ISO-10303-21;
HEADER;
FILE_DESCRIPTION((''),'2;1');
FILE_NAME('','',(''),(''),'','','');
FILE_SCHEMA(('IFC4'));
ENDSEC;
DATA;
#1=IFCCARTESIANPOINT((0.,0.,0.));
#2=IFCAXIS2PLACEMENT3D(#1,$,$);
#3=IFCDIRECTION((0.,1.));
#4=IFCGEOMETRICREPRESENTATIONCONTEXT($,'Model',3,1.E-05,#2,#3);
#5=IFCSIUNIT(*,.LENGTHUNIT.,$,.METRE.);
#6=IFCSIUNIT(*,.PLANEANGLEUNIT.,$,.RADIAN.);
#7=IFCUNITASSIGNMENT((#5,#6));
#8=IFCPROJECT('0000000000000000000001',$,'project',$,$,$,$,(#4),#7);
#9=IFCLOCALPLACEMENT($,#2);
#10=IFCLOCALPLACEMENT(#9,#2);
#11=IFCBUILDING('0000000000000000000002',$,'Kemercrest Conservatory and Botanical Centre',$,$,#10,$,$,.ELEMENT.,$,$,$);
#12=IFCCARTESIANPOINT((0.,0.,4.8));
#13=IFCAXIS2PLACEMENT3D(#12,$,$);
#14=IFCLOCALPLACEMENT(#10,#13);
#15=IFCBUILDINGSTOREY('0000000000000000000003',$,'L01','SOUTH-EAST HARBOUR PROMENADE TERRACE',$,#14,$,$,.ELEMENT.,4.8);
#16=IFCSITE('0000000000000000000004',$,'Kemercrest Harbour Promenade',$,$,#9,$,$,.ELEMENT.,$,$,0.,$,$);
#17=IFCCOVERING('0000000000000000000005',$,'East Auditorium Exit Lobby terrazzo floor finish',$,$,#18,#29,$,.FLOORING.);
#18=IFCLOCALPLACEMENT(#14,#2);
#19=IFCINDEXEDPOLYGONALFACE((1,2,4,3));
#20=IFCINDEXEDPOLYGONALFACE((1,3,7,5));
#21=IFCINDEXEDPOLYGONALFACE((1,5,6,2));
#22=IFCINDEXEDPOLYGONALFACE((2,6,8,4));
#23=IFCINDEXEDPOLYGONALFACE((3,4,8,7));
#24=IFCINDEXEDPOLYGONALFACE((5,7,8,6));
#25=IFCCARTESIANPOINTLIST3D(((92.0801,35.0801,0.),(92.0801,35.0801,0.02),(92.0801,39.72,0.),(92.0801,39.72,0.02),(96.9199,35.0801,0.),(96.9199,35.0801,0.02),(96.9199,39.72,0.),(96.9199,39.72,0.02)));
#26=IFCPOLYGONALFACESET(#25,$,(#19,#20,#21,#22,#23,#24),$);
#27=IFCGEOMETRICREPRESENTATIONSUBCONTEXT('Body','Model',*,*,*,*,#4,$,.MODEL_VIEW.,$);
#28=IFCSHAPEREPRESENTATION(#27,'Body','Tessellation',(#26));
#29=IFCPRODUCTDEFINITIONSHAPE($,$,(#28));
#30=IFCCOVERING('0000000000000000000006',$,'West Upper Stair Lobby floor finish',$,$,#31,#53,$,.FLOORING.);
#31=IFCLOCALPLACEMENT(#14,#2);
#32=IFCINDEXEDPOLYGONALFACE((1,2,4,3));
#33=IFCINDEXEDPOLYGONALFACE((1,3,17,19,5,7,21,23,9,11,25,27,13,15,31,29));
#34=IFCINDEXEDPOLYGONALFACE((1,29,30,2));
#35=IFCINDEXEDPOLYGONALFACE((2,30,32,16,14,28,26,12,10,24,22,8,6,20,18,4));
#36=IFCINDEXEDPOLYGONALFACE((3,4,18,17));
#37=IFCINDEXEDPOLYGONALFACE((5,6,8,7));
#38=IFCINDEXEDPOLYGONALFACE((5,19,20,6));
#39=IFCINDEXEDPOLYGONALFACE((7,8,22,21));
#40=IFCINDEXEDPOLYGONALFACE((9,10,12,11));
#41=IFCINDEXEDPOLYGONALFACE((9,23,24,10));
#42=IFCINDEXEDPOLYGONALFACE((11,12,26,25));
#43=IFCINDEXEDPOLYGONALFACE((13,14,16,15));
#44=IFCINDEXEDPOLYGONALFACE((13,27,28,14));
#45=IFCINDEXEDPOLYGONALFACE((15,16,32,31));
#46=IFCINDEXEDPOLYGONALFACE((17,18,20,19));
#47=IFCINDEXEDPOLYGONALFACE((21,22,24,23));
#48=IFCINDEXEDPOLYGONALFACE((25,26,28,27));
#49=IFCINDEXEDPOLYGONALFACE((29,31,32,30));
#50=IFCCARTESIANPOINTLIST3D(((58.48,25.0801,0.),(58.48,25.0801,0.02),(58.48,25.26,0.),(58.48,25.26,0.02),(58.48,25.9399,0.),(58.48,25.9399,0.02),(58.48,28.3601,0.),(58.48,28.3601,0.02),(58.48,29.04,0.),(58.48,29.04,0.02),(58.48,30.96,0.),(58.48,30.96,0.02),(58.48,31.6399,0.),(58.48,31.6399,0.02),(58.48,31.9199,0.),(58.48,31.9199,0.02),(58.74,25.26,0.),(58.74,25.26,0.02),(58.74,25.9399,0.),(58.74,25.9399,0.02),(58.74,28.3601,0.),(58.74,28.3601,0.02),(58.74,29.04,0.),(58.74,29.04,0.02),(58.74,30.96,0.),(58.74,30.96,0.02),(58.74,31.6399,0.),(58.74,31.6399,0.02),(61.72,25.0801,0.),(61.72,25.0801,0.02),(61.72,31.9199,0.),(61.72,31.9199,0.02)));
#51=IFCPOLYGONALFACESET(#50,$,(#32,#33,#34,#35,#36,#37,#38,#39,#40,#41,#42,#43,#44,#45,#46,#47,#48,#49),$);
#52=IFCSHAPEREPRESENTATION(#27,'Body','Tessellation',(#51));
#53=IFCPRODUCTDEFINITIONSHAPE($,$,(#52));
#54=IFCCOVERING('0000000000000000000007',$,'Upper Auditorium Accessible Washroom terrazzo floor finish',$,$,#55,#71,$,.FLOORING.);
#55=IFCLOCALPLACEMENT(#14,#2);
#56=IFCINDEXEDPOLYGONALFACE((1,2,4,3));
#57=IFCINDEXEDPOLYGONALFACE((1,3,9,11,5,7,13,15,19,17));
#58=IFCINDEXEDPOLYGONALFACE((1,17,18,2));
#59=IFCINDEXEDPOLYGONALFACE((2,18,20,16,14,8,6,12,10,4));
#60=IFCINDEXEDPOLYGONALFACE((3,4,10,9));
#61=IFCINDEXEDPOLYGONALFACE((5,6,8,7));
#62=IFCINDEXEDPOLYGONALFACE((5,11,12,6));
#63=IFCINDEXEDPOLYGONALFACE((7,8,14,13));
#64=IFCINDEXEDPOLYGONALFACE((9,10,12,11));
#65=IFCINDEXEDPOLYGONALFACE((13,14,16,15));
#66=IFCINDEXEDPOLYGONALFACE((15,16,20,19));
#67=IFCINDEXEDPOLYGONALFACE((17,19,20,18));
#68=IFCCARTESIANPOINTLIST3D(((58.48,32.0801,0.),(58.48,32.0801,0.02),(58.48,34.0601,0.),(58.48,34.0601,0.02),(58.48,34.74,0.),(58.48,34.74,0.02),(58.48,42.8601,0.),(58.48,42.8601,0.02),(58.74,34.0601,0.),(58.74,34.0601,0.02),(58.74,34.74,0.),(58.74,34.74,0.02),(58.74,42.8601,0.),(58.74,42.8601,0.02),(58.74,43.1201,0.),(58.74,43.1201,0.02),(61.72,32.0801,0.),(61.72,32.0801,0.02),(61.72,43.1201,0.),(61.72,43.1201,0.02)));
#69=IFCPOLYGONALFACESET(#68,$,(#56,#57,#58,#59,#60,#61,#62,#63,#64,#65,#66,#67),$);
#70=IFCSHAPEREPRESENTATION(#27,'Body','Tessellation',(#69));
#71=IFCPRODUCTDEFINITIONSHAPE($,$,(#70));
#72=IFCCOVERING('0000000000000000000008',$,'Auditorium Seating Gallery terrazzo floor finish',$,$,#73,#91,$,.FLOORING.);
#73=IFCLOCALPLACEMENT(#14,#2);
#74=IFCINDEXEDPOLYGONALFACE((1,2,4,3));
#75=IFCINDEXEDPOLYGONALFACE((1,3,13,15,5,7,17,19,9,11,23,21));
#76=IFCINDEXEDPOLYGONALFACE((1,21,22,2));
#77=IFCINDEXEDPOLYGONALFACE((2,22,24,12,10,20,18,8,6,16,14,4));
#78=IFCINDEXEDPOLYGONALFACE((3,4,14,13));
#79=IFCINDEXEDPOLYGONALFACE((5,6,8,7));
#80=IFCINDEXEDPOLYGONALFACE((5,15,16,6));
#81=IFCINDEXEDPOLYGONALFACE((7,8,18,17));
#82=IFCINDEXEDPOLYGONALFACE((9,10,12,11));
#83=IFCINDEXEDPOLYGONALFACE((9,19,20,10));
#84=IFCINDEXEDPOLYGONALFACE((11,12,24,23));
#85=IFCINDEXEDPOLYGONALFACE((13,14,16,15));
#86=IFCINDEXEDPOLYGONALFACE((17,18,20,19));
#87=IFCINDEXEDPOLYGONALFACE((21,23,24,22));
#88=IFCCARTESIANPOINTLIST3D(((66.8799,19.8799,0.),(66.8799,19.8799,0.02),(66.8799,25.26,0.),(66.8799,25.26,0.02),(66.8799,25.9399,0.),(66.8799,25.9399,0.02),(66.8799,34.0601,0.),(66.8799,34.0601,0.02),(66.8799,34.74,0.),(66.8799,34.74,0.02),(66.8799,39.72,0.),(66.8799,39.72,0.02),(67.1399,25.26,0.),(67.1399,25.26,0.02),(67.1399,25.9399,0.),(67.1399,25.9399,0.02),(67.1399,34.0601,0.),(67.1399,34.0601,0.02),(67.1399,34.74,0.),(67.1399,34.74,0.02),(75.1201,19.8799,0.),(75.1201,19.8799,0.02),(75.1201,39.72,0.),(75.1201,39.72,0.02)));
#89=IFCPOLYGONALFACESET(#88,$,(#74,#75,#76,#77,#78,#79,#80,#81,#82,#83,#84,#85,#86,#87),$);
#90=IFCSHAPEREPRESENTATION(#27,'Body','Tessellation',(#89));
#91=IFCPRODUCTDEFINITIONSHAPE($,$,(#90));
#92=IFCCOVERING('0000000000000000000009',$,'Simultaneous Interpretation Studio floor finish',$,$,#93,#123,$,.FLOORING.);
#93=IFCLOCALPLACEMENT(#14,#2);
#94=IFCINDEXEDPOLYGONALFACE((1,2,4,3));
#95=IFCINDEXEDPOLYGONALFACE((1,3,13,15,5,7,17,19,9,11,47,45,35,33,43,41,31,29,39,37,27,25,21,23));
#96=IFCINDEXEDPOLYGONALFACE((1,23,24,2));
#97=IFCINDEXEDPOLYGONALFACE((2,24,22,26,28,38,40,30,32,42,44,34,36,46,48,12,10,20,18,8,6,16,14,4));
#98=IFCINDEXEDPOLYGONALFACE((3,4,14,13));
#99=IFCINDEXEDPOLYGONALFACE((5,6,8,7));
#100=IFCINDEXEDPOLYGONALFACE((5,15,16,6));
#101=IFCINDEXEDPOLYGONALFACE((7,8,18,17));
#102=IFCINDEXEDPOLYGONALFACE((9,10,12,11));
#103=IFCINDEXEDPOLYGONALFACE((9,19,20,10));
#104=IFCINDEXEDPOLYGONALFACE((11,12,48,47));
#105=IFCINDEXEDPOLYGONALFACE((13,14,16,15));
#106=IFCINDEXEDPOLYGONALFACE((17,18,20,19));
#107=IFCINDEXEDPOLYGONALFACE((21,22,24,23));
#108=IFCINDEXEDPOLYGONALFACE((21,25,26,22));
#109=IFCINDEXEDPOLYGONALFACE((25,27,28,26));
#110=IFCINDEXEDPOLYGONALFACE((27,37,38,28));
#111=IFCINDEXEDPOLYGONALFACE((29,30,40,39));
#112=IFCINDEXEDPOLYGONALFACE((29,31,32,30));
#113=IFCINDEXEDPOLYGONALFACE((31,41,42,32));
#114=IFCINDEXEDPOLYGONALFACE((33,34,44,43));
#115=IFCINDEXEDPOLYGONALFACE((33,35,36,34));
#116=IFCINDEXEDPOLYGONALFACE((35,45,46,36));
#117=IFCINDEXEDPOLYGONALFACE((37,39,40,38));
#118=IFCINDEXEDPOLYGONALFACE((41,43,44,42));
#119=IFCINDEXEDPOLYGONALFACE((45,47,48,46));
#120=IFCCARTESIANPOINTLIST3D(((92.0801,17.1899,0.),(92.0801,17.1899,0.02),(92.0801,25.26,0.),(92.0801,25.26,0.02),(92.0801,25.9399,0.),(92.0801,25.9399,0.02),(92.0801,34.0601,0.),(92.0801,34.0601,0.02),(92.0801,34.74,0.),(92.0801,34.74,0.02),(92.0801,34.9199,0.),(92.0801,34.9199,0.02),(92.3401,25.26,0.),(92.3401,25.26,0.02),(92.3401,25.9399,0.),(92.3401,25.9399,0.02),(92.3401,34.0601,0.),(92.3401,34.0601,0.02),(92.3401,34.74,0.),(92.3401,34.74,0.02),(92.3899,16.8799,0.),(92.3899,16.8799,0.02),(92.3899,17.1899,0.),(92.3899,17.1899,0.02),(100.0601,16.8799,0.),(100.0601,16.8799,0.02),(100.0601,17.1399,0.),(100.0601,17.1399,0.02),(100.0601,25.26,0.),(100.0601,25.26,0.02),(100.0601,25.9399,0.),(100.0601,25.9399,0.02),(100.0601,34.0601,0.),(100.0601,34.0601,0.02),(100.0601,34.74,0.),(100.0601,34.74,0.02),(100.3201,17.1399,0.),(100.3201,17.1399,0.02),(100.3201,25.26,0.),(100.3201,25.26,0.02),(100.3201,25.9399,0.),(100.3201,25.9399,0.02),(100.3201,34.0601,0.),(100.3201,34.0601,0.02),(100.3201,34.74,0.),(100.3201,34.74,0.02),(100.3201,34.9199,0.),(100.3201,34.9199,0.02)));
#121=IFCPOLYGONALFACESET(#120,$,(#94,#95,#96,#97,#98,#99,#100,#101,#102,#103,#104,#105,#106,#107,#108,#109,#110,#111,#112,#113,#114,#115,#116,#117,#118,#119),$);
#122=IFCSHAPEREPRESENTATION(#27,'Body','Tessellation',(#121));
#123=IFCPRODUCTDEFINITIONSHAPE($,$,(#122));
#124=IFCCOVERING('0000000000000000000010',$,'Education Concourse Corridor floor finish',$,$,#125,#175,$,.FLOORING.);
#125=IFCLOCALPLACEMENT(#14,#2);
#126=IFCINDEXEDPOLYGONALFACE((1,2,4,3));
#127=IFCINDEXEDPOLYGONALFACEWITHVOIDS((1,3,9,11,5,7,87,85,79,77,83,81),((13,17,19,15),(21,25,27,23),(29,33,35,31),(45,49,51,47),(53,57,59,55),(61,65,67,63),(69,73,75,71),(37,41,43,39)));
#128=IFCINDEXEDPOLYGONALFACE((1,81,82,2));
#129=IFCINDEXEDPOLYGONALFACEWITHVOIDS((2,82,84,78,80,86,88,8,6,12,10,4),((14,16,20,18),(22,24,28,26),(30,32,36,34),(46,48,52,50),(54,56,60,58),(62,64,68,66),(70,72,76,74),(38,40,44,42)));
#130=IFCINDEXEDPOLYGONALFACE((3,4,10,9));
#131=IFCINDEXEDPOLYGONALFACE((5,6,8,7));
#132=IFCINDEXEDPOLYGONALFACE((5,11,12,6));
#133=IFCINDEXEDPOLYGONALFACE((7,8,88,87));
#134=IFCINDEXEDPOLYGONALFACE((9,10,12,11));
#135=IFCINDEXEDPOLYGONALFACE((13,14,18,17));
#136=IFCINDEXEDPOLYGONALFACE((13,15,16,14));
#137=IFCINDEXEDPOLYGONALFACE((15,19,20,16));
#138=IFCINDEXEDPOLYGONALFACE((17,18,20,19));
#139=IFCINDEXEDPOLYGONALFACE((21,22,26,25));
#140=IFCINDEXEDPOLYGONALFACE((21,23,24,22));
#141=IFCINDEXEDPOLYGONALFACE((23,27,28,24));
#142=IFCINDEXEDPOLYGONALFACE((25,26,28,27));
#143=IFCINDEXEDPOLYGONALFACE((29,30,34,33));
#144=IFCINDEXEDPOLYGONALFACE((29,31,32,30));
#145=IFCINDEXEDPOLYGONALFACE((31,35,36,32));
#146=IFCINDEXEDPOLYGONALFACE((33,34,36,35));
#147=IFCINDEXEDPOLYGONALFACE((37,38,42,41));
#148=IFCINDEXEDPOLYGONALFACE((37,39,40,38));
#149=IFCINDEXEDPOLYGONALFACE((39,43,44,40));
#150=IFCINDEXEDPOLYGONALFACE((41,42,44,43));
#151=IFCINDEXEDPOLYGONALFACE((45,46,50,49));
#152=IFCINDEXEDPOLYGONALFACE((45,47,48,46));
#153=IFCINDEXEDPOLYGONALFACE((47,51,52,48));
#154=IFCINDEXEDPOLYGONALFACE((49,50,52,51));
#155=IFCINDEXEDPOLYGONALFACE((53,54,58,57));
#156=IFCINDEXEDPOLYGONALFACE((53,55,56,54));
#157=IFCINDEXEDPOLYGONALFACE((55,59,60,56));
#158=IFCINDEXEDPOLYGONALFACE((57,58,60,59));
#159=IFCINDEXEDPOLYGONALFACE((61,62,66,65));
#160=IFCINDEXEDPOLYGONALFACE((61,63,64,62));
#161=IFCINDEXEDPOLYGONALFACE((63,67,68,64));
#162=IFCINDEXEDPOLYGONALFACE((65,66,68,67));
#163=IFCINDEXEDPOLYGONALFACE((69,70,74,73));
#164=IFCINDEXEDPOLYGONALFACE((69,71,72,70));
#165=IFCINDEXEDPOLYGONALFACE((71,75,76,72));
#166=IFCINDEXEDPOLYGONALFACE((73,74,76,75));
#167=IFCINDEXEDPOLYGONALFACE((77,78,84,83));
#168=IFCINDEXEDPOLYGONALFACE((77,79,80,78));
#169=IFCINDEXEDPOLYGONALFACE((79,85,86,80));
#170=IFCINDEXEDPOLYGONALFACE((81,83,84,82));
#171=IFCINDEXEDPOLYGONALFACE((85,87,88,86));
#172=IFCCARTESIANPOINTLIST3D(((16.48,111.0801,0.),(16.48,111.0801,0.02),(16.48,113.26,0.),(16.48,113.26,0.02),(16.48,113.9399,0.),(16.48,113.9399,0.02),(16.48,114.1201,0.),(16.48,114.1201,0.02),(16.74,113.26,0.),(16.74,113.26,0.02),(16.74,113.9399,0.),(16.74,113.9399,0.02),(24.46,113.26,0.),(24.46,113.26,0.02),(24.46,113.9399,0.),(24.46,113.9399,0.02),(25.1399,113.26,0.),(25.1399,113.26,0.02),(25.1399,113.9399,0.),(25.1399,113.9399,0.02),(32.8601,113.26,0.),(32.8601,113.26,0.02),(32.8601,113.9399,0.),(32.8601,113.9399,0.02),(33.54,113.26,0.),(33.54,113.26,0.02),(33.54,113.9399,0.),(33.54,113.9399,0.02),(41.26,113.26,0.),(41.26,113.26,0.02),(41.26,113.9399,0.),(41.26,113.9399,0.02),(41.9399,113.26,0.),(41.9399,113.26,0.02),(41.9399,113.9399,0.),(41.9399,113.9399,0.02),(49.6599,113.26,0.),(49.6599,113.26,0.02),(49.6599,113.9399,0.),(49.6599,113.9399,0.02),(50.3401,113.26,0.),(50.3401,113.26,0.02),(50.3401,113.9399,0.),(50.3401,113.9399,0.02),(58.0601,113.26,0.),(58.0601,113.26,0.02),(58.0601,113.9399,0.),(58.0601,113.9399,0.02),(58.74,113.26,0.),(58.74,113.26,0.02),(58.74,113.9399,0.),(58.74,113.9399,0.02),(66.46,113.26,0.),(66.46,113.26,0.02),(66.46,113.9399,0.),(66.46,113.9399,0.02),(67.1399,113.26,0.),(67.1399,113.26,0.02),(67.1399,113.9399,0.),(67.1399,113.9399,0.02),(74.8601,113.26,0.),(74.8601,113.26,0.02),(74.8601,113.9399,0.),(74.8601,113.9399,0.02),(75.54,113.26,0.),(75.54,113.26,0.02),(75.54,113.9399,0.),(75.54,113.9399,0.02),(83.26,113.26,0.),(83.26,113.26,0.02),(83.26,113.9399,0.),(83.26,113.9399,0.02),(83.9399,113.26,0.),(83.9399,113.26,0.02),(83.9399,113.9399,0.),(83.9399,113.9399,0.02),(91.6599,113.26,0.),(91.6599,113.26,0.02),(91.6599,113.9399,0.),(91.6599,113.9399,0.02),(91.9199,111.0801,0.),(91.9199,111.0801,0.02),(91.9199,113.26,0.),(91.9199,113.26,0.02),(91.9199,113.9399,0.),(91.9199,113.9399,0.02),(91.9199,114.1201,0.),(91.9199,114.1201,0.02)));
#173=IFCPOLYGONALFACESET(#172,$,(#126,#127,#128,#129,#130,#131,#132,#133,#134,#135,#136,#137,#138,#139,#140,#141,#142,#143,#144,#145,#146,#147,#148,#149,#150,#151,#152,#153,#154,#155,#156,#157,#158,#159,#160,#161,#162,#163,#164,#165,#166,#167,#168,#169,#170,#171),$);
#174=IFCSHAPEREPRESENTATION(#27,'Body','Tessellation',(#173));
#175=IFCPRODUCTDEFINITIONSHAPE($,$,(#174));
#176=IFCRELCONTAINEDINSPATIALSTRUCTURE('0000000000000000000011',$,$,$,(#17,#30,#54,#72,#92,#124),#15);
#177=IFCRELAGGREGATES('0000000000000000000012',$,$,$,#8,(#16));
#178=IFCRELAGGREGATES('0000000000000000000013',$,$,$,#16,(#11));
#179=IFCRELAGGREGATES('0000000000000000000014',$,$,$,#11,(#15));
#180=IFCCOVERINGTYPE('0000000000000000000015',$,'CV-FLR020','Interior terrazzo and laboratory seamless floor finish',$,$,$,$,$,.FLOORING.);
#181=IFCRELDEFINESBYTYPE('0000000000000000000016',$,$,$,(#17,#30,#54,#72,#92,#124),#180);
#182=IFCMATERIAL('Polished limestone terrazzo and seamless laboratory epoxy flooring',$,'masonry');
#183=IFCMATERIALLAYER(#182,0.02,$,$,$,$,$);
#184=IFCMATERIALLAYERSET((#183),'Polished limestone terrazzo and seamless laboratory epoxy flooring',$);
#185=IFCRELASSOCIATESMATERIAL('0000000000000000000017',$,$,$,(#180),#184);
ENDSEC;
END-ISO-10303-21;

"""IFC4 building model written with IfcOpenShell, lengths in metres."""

from ifc_helpers import new_model, si_unit, direction, frame, origin, place, context, subcontext, project, spatial, polyline, outline, extrude, material, layer, layer_set, type_object, element, save


model = new_model("IFC4")

# Units and contexts
model_context = context("Model", 3, precision=1e-05, world=origin(), true_north=direction((0.0, 1.0)))
body_context = subcontext(model_context, "Body", "Model", "MODEL_VIEW")
ifc_project = project(units=[si_unit("LENGTHUNIT", "METRE"), si_unit("PLANEANGLEUNIT", "RADIAN")], contexts=[model_context])

# Site, building, storey
site_placement = place(None, origin())
site = spatial("IfcSite", under=ifc_project, at=site_placement, Name="Kemercrest Harbour Promenade", CompositionType="ELEMENT", RefElevation=0.0)
building_placement = place(site_placement, origin())
building = spatial("IfcBuilding", under=site, at=building_placement, Name="Kemercrest Conservatory and Botanical Centre", CompositionType="ELEMENT")
storey_placement = place(building_placement, frame((0.0, 0.0, 4.8)))
storey = spatial("IfcBuildingStorey", under=building, at=storey_placement, Name="L01", Description="SOUTH-EAST HARBOUR PROMENADE TERRACE", CompositionType="ELEMENT", Elevation=4.8)

# Coverings
ifc_material = material(Name="Polished limestone terrazzo and seamless laboratory epoxy flooring", Category="masonry")
ifc_layer = layer(ifc_material, 0.02)
ifc_layer_set = layer_set([ifc_layer], Name="Polished limestone terrazzo and seamless laboratory epoxy flooring")
covering_type = type_object("IfcCoveringType", Name="CV-FLR020", Description="Interior terrazzo and laboratory seamless floor finish", PredefinedType="FLOORING", material=ifc_layer_set)
covering_1_placement = place(storey_placement, origin())
element("IfcCovering", 1, at=covering_1_placement, inside=storey, type_object=covering_type, Name="East Auditorium Exit Lobby terrazzo floor finish", PredefinedType="FLOORING", context=body_context, shape_type="SweptSolid", body=[
    extrude(outline(polyline([(92.0801, 35.0801), (96.9199, 35.0801), (96.9199, 39.72), (92.0801, 39.72), (92.0801, 35.0801)])), origin(), (0.0, 0.0, 1.0), 0.02),
])
covering_2_placement = place(storey_placement, origin())
element("IfcCovering", 2, at=covering_2_placement, inside=storey, type_object=covering_type, Name="West Upper Stair Lobby floor finish", PredefinedType="FLOORING", context=body_context, shape_type="SweptSolid", body=[
    extrude(outline(polyline([(58.48, 25.0801), (61.72, 25.0801), (61.72, 31.9199), (58.48, 31.9199), (58.48, 31.6399), (58.74, 31.6399), (58.74, 30.96), (58.48, 30.96), (58.48, 29.04), (58.74, 29.04), (58.74, 28.3601), (58.48, 28.3601), (58.48, 25.9399), (58.74, 25.9399), (58.74, 25.26), (58.48, 25.26), (58.48, 25.0801)])), origin(), (0.0, 0.0, 1.0), 0.02),
])
covering_3_placement = place(storey_placement, origin())
element("IfcCovering", 3, at=covering_3_placement, inside=storey, type_object=covering_type, Name="Upper Auditorium Accessible Washroom terrazzo floor finish", PredefinedType="FLOORING", context=body_context, shape_type="SweptSolid", body=[
    extrude(outline(polyline([(58.48, 32.0801), (61.72, 32.0801), (61.72, 43.1201), (58.74, 43.1201), (58.74, 42.8601), (58.48, 42.8601), (58.48, 34.74), (58.74, 34.74), (58.74, 34.0601), (58.48, 34.0601), (58.48, 32.0801)])), origin(), (0.0, 0.0, 1.0), 0.02),
])
covering_4_placement = place(storey_placement, origin())
element("IfcCovering", 4, at=covering_4_placement, inside=storey, type_object=covering_type, Name="Auditorium Seating Gallery terrazzo floor finish", PredefinedType="FLOORING", context=body_context, shape_type="SweptSolid", body=[
    extrude(outline(polyline([(66.8799, 19.8799), (75.1201, 19.8799), (75.1201, 39.72), (66.8799, 39.72), (66.8799, 34.74), (67.1399, 34.74), (67.1399, 34.0601), (66.8799, 34.0601), (66.8799, 25.9399), (67.1399, 25.9399), (67.1399, 25.26), (66.8799, 25.26), (66.8799, 19.8799)])), origin(), (0.0, 0.0, 1.0), 0.02),
])
covering_5_placement = place(storey_placement, origin())
element("IfcCovering", 5, at=covering_5_placement, inside=storey, type_object=covering_type, Name="Simultaneous Interpretation Studio floor finish", PredefinedType="FLOORING", context=body_context, shape_type="SweptSolid", body=[
    extrude(outline(polyline([(92.3899, 16.8799), (100.0601, 16.8799), (100.0601, 17.1399), (100.3201, 17.1399), (100.3201, 25.26), (100.0601, 25.26), (100.0601, 25.9399), (100.3201, 25.9399), (100.3201, 34.0601), (100.0601, 34.0601), (100.0601, 34.74), (100.3201, 34.74), (100.3201, 34.9199), (92.0801, 34.9199), (92.0801, 34.74), (92.3401, 34.74), (92.3401, 34.0601), (92.0801, 34.0601), (92.0801, 25.9399), (92.3401, 25.9399), (92.3401, 25.26), (92.0801, 25.26), (92.0801, 17.1899), (92.3899, 17.1899), (92.3899, 16.8799)])), origin(), (0.0, 0.0, 1.0), 0.02),
])
covering_6_placement = place(storey_placement, origin())
element("IfcCovering", 6, at=covering_6_placement, inside=storey, type_object=covering_type, Name="Education Concourse Corridor floor finish", PredefinedType="FLOORING", context=body_context, shape_type="SweptSolid", body=[
    extrude(outline(polyline([(16.74, 113.26), (16.48, 113.26), (16.48, 111.0801), (91.9199, 111.0801), (91.9199, 113.26), (91.6599, 113.26), (91.6599, 113.9399), (91.9199, 113.9399), (91.9199, 114.1201), (16.48, 114.1201), (16.48, 113.9399), (16.74, 113.9399), (16.74, 113.26)]), holes=[polyline([(83.9399, 113.26), (83.26, 113.26), (83.26, 113.9399), (83.9399, 113.9399), (83.9399, 113.26)]), polyline([(74.8601, 113.26), (74.8601, 113.9399), (75.54, 113.9399), (75.54, 113.26), (74.8601, 113.26)]), polyline([(67.1399, 113.26), (66.46, 113.26), (66.46, 113.9399), (67.1399, 113.9399), (67.1399, 113.26)]), polyline([(58.74, 113.26), (58.0601, 113.26), (58.0601, 113.9399), (58.74, 113.9399), (58.74, 113.26)]), polyline([(50.3401, 113.26), (49.6599, 113.26), (49.6599, 113.9399), (50.3401, 113.9399), (50.3401, 113.26)]), polyline([(41.9399, 113.26), (41.26, 113.26), (41.26, 113.9399), (41.9399, 113.9399), (41.9399, 113.26)]), polyline([(33.54, 113.26), (32.8601, 113.26), (32.8601, 113.9399), (33.54, 113.9399), (33.54, 113.26)]), polyline([(24.46, 113.26), (24.46, 113.9399), (25.1399, 113.9399), (25.1399, 113.26), (24.46, 113.26)])]), origin(), (0.0, 0.0, 1.0), 0.02),
])

save(model, "model.ifc")
